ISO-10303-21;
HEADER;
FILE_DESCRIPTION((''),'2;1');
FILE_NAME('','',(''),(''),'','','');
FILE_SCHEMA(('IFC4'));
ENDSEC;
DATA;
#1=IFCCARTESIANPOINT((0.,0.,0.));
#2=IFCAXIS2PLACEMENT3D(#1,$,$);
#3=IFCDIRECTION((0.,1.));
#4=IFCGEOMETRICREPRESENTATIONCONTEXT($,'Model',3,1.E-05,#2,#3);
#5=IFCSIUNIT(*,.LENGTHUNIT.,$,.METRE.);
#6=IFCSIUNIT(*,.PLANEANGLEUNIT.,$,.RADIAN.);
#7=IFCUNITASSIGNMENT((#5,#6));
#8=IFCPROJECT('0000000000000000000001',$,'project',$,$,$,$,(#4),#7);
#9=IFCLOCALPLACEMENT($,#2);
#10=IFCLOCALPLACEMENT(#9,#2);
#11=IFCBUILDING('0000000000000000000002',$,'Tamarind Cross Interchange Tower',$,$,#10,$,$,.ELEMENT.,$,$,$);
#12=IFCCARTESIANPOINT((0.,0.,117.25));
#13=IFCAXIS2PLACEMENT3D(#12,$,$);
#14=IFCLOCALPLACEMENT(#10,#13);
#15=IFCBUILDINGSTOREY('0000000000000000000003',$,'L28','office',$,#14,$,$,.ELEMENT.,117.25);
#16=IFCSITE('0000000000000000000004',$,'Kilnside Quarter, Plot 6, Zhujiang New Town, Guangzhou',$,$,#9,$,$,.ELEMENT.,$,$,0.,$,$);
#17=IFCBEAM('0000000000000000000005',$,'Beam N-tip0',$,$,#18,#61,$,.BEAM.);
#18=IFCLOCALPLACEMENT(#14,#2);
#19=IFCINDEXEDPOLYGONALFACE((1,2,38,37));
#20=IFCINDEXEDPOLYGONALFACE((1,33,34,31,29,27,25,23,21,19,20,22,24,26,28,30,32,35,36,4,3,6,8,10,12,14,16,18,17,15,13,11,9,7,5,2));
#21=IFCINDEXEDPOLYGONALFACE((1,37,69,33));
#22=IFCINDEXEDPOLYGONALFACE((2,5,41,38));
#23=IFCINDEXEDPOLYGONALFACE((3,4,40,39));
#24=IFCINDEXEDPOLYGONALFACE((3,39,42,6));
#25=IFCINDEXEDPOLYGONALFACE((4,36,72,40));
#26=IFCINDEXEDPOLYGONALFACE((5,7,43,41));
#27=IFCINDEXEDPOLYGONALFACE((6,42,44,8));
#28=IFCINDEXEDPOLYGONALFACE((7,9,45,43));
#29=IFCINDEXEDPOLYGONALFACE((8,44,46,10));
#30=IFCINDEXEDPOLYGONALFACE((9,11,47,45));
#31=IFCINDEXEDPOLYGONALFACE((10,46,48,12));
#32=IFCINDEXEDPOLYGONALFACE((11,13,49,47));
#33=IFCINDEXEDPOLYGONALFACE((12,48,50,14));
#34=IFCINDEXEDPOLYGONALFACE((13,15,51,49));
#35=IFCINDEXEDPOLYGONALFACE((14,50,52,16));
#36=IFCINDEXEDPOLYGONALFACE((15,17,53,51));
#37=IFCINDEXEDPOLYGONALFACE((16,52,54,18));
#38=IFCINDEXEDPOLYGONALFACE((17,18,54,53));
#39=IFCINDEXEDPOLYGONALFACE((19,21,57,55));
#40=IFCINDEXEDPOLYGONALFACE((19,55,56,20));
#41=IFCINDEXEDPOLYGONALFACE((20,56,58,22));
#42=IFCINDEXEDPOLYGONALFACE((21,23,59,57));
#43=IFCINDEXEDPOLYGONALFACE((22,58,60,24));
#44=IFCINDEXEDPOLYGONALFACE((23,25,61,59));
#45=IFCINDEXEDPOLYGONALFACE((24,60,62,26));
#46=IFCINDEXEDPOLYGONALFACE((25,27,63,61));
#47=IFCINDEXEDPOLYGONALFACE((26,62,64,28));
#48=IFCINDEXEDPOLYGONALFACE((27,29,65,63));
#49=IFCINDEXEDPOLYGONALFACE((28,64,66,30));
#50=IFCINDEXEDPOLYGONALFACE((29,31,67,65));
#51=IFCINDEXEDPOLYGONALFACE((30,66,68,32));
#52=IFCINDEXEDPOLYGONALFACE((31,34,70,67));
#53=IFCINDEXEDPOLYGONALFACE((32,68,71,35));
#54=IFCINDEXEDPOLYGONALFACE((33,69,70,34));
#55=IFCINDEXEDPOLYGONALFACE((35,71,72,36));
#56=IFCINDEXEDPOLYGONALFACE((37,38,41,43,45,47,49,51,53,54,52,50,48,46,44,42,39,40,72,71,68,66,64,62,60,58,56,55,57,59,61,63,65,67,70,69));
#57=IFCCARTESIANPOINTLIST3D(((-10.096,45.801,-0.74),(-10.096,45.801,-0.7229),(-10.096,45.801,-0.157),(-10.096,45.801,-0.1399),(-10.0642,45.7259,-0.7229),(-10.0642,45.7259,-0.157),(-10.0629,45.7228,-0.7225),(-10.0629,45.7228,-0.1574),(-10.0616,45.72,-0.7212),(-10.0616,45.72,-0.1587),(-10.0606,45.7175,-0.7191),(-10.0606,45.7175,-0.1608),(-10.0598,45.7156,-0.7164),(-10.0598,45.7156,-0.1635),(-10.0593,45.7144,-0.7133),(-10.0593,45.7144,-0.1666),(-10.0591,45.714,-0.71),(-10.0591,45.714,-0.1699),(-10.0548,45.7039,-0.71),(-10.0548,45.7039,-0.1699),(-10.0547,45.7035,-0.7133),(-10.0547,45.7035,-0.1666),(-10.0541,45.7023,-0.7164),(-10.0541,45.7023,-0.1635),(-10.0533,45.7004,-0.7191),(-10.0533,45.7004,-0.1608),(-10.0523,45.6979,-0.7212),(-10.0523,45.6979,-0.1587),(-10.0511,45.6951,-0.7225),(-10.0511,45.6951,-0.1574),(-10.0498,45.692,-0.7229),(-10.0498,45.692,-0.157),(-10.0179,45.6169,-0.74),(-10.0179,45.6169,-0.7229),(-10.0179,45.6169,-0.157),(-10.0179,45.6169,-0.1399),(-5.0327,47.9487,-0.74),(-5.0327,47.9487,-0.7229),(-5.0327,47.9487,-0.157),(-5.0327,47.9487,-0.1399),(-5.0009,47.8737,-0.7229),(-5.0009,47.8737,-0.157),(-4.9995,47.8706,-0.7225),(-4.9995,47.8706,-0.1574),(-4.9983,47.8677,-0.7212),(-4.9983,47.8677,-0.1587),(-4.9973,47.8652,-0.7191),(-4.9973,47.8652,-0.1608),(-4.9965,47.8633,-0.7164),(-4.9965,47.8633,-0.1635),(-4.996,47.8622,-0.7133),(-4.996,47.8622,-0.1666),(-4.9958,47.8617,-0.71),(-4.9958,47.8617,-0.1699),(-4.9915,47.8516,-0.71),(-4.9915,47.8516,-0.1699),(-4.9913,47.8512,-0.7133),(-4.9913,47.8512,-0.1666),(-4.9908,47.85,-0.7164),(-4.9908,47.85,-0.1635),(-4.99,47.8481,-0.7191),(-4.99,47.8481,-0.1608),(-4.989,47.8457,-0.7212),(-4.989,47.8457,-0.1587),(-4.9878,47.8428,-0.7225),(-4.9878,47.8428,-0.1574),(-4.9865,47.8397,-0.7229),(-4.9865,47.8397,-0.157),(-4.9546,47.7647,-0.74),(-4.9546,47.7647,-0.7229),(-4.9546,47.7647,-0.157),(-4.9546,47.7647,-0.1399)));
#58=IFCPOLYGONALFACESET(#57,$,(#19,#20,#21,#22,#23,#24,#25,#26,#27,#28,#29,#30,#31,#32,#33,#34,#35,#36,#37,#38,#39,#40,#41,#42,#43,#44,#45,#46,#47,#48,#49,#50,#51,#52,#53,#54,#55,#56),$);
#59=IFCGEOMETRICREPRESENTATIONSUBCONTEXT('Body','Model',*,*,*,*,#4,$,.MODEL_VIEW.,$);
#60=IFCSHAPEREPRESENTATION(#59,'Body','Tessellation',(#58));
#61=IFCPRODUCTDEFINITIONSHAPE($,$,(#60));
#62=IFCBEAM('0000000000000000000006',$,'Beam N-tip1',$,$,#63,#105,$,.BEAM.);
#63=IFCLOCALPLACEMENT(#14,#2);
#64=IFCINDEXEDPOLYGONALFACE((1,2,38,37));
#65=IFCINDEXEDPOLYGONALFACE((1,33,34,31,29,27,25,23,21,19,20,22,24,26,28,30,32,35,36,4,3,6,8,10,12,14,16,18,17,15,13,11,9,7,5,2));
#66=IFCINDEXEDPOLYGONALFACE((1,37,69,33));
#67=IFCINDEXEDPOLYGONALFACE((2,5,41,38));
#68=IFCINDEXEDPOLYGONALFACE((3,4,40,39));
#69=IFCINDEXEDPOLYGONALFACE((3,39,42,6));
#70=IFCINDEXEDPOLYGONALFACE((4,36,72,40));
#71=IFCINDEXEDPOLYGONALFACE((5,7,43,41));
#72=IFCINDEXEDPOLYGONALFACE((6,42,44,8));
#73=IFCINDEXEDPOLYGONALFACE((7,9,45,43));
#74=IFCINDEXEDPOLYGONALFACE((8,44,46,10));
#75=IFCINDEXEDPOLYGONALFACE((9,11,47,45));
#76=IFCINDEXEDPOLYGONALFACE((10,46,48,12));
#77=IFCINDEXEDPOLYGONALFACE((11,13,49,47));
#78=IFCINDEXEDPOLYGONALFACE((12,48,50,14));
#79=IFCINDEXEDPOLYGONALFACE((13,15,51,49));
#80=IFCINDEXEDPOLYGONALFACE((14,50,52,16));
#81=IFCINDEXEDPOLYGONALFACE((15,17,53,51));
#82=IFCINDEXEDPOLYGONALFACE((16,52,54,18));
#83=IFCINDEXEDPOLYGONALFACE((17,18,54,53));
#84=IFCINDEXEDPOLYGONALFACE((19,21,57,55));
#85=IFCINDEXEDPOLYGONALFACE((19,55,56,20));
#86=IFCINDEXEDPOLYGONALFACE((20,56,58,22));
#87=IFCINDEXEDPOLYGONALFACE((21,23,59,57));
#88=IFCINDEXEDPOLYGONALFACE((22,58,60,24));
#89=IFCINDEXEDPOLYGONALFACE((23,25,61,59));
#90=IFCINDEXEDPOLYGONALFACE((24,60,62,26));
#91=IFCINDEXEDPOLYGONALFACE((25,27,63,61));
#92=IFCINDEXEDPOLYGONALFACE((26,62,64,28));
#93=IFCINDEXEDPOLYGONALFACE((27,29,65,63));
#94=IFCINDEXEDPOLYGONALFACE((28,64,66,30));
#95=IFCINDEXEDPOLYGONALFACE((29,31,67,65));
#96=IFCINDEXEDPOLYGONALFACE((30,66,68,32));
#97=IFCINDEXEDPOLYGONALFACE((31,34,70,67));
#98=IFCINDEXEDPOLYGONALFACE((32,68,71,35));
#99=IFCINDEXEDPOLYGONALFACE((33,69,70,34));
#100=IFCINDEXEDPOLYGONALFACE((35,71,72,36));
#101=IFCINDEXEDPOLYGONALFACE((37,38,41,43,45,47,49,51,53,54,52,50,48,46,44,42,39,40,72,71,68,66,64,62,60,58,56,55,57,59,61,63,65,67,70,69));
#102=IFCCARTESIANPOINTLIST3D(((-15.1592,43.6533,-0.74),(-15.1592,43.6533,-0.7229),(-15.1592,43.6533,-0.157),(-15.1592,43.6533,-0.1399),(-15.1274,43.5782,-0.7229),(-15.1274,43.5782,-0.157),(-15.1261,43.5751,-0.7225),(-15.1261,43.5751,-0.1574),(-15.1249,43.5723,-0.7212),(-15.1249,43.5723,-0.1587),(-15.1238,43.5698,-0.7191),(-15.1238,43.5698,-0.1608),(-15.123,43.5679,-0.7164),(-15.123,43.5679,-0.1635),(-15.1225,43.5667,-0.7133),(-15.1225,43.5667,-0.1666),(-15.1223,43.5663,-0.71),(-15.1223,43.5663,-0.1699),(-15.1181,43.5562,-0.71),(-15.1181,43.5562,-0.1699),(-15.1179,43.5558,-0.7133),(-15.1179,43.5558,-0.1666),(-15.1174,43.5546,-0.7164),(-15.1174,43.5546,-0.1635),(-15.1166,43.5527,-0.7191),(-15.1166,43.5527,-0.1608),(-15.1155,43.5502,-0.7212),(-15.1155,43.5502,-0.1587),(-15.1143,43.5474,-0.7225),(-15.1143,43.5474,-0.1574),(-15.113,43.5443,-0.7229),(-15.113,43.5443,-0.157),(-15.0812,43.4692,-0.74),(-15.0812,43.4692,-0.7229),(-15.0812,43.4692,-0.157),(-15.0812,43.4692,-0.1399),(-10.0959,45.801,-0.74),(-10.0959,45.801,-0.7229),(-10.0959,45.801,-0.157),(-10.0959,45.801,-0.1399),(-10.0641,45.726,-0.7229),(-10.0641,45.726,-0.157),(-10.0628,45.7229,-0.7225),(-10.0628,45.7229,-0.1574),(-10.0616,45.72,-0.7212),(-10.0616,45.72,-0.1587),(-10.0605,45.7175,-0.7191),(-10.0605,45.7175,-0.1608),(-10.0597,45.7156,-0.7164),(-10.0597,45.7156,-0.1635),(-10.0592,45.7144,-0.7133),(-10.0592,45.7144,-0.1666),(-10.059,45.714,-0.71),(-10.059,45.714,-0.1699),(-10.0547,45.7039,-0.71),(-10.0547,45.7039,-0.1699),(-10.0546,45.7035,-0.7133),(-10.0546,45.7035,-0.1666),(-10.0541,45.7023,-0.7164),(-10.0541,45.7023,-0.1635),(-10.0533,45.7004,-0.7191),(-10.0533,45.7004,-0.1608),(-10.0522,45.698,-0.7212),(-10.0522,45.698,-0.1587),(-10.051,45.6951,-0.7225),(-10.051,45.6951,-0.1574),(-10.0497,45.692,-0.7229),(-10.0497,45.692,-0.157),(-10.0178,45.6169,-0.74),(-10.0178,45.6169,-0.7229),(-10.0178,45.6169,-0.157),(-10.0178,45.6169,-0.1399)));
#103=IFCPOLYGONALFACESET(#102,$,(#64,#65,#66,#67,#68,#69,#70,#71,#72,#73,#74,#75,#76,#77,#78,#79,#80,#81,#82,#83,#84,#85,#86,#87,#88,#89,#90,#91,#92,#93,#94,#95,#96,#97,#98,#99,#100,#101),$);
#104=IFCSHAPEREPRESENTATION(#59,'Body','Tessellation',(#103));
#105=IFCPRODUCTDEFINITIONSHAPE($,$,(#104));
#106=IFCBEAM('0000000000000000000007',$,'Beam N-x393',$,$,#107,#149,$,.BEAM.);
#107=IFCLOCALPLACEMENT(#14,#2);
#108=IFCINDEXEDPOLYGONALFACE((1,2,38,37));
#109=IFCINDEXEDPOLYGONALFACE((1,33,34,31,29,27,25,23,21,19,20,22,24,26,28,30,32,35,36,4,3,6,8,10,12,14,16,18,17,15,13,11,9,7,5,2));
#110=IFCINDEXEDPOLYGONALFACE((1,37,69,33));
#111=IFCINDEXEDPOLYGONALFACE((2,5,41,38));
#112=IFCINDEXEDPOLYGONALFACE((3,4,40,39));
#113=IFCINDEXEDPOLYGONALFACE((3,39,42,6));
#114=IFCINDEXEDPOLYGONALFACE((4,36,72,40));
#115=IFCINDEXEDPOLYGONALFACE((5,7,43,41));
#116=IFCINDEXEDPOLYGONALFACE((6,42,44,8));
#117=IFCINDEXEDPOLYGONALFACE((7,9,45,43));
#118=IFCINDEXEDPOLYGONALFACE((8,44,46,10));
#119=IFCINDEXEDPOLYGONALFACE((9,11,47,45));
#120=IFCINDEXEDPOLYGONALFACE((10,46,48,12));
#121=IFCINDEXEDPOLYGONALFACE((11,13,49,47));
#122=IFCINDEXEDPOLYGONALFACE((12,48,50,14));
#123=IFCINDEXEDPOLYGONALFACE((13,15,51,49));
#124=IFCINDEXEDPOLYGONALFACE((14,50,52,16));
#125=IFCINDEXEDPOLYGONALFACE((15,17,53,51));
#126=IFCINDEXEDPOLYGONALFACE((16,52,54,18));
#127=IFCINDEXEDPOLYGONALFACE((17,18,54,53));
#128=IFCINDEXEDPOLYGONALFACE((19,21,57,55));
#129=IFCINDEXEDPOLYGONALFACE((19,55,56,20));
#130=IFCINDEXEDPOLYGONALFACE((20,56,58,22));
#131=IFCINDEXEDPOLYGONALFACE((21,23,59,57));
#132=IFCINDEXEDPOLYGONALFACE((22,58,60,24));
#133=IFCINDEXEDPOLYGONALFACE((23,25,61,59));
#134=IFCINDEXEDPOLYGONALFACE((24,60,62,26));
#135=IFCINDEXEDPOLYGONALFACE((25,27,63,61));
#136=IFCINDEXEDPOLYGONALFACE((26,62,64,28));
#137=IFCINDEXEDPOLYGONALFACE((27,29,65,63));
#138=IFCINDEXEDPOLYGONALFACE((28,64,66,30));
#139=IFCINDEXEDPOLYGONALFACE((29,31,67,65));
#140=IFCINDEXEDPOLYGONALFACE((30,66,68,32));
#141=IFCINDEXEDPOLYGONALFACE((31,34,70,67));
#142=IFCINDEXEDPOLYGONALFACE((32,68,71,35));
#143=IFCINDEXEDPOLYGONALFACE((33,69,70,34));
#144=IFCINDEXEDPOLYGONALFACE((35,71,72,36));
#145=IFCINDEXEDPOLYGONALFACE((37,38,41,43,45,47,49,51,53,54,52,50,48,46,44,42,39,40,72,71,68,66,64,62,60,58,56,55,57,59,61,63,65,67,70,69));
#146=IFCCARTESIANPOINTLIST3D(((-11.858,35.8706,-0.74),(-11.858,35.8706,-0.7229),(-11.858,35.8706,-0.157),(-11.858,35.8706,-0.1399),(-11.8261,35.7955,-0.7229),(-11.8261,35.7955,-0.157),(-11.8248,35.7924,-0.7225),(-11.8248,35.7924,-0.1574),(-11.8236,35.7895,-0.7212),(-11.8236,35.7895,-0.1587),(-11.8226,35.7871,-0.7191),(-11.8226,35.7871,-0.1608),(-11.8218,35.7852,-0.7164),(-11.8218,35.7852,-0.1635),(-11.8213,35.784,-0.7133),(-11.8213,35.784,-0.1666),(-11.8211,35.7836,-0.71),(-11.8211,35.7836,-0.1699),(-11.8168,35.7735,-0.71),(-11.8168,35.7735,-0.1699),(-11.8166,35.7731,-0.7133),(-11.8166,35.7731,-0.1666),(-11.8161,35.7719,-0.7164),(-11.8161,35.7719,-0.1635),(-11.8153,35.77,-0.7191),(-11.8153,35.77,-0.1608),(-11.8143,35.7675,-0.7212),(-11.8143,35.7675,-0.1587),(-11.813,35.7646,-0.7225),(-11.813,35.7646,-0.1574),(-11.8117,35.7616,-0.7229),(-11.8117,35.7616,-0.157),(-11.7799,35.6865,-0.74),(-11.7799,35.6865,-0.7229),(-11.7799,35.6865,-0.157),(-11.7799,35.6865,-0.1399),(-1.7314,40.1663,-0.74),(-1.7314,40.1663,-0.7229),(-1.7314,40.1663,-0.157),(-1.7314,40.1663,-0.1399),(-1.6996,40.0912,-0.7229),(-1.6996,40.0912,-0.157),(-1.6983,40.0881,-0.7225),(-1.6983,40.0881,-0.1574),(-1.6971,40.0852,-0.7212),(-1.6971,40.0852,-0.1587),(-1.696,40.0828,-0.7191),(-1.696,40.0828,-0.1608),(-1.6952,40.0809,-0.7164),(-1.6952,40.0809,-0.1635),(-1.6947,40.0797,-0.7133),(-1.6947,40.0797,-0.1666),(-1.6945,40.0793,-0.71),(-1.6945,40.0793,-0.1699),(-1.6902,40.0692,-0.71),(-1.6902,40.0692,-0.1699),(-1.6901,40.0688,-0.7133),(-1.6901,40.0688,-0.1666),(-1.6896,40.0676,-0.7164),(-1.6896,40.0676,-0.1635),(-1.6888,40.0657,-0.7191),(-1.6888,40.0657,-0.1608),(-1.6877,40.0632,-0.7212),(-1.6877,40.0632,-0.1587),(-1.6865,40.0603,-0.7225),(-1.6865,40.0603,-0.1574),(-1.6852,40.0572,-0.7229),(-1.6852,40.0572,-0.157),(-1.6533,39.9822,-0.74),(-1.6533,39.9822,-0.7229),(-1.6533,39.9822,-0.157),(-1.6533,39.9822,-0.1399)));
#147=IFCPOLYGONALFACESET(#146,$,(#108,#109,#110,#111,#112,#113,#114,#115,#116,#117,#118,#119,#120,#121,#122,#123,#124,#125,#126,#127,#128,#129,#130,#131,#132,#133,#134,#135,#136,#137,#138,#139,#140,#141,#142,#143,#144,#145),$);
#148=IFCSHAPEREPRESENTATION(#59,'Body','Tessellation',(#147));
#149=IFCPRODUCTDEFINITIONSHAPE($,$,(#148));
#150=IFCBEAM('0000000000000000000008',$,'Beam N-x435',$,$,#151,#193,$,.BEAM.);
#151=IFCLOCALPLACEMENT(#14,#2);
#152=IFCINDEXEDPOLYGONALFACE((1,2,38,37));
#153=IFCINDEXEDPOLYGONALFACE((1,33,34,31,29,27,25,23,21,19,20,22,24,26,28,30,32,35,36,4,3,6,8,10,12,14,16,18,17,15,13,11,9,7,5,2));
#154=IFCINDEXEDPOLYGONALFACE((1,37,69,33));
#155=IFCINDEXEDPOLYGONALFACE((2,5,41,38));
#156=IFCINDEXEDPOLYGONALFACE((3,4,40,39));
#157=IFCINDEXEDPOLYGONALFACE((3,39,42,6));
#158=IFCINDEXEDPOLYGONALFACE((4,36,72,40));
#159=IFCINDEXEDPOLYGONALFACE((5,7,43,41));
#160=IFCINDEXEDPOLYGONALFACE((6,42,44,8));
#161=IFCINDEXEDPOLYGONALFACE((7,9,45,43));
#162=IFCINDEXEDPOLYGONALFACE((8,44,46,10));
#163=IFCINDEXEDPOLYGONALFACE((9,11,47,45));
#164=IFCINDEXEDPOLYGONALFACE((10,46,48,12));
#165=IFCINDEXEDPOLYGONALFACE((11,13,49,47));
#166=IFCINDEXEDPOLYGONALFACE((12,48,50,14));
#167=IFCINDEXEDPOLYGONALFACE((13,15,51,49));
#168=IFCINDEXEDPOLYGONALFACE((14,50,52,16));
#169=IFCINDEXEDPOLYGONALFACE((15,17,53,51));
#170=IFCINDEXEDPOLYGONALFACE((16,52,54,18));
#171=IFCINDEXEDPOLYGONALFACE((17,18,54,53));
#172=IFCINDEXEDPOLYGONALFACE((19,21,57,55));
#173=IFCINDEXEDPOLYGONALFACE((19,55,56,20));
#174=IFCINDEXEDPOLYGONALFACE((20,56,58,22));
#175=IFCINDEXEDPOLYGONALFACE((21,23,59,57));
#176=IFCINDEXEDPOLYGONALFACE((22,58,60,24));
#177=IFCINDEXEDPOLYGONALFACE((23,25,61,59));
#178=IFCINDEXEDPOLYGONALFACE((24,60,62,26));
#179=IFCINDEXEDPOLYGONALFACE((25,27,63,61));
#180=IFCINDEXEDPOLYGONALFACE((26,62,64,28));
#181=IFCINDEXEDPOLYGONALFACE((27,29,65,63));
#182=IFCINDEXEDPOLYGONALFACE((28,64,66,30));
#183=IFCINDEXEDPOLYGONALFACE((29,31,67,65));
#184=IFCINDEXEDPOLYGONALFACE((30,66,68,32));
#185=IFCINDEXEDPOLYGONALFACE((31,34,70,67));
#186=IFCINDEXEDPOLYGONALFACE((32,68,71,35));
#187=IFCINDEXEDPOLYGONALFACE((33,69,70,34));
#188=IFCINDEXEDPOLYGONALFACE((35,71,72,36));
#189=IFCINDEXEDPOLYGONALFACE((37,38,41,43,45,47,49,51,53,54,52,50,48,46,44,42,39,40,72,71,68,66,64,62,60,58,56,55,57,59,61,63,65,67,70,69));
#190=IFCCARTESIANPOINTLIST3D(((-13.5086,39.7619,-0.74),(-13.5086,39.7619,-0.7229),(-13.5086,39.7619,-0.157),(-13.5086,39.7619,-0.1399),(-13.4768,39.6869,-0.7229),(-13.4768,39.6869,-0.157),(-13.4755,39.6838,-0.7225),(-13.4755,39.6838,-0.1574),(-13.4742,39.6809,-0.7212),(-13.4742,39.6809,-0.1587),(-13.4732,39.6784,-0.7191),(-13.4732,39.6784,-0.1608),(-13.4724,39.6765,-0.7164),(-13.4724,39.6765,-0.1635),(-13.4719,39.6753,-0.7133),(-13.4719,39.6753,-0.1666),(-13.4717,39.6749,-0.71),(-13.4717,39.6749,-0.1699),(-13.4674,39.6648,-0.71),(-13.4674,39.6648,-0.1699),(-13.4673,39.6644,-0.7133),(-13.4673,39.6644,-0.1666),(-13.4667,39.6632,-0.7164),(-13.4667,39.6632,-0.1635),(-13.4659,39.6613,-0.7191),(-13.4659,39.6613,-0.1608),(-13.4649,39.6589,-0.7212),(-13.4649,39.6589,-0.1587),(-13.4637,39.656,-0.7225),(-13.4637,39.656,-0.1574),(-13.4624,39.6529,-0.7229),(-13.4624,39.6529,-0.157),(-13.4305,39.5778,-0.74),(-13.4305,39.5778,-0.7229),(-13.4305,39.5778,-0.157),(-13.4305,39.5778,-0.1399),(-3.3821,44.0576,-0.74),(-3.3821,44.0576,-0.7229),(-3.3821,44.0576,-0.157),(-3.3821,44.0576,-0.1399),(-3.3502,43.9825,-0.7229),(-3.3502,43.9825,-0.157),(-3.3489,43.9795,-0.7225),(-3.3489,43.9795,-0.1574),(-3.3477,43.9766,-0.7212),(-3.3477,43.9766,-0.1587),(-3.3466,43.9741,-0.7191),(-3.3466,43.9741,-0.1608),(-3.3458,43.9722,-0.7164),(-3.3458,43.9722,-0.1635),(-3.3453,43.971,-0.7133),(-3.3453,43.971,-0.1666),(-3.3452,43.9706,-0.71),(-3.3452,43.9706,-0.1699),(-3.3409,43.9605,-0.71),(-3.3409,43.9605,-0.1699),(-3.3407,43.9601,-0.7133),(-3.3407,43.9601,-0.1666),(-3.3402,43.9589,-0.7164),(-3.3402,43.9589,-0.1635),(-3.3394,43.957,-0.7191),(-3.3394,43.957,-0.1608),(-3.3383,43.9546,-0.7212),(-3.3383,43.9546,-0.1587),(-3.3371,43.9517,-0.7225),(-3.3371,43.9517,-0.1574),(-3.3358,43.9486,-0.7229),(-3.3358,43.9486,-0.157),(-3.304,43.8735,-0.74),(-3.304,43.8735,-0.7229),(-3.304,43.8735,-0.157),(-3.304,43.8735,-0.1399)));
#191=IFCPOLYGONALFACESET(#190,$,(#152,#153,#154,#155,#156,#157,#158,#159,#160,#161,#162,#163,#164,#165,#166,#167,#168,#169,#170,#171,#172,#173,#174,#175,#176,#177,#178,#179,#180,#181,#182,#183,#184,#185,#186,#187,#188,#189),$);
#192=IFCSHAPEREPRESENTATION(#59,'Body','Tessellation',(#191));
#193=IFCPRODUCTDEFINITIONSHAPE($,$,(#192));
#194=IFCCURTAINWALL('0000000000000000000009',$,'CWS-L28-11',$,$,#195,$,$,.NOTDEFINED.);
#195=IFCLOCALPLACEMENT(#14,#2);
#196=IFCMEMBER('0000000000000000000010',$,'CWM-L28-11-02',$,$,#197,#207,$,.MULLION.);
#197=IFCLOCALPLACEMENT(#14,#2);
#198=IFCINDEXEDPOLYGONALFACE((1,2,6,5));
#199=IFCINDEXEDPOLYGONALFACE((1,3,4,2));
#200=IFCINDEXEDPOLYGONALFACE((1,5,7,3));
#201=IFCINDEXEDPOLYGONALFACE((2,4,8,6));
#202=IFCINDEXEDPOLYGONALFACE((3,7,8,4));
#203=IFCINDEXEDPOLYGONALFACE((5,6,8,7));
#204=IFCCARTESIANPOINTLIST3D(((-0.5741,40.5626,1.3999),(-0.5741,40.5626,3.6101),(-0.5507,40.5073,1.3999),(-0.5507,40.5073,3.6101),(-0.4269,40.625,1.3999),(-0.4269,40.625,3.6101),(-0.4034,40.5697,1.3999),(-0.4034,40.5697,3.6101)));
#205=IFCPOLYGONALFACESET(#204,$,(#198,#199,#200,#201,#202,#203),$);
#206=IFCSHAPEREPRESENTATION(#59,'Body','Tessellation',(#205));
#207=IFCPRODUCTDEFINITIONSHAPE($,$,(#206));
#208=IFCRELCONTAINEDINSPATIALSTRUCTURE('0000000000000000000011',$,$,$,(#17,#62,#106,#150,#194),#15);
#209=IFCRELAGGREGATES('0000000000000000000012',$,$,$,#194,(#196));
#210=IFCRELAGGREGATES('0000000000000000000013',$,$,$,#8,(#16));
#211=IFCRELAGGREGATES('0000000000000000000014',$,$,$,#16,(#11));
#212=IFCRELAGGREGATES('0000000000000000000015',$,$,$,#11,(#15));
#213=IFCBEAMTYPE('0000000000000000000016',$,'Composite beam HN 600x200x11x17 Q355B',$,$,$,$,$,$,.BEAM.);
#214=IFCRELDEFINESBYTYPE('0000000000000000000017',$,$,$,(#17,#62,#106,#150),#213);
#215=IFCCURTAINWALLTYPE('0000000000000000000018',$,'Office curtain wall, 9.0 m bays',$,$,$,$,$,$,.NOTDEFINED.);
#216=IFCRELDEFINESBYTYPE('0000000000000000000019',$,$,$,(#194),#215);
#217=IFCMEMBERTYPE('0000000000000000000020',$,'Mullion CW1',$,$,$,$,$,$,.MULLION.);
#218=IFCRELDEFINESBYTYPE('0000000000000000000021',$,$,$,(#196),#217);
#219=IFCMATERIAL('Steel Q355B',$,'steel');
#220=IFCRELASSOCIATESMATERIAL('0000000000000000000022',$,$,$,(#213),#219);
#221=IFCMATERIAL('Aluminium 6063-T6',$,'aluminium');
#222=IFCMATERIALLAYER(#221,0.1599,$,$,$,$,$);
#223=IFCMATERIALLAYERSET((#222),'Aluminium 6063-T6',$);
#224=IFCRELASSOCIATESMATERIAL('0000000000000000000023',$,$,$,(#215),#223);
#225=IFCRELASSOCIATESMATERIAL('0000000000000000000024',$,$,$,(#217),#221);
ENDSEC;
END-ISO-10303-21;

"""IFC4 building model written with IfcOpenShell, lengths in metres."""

from ifc_helpers import new_model, si_unit, direction, frame, origin, origin_2d, place, context, subcontext, project, spatial, rectangle, i_section, extrude, material, layer, layer_set, material_profile, profile_set, type_object, element, aggregate, save


model = new_model("IFC4")

# Units and contexts
model_context = context("Model", 3, precision=1e-05, world=origin(), true_north=direction((0.0, 1.0)))
body_context = subcontext(model_context, "Body", "Model", "MODEL_VIEW")
ifc_project = project(units=[si_unit("LENGTHUNIT", "METRE"), si_unit("PLANEANGLEUNIT", "RADIAN")], contexts=[model_context])

# Site, building, storey
site_placement = place(None, origin())
site = spatial("IfcSite", under=ifc_project, at=site_placement, Name="Kilnside Quarter, Plot 6, Zhujiang New Town, Guangzhou", CompositionType="ELEMENT", RefElevation=0.0)
building_placement = place(site_placement, origin())
building = spatial("IfcBuilding", under=site, at=building_placement, Name="Tamarind Cross Interchange Tower", CompositionType="ELEMENT")
storey_placement = place(building_placement, frame((0.0, 0.0, 117.25)))
storey = spatial("IfcBuildingStorey", under=building, at=storey_placement, Name="L28", Description="office", CompositionType="ELEMENT", Elevation=117.25)

# Beams
ifc_material_1 = material(Name="Steel Q355B", Category="steel")
ifc_material_profile_1 = material_profile(ifc_material_1, i_section(OverallWidth=0.2, OverallDepth=0.6001, WebThickness=0.011, FlangeThickness=0.0171, FilletRadius=0.0129, at=origin_2d()), Name="HN 600x200x11x17")
ifc_profile_set_1 = profile_set([ifc_material_profile_1], Name="Steel Q355B")
beam_type_1 = type_object("IfcBeamType", Name="Composite beam HN 600x200x11x17 Q355B", PredefinedType="BEAM", material=ifc_profile_set_1)
for number, where, z_axis, x_axis, name in (
    (1, (-4.9937, 47.8567, -0.4399), (-0.920604, -0.390499, 0.0), (0.390499, -0.920604, 0.0), "Beam N-tip0"),
    (2, (-10.0569, 45.709, -0.4399), (-0.920604, -0.390499, 0.0), (0.390499, -0.920604, 0.0), "Beam N-tip1"),
):
    element("IfcBeam", number, at=place(storey_placement, frame(where, z_axis=z_axis, x_axis=x_axis)), inside=storey, type_object=beam_type_1, Name=name, PredefinedType="BEAM", context=body_context, shape_type="SweptSolid", body=[
        extrude(i_section(OverallWidth=0.2, OverallDepth=0.6001, WebThickness=0.011, FlangeThickness=0.0171, FilletRadius=0.0129, at=origin_2d()), origin(), (0.0, 0.0, 1.0), 5.5),
    ])
for number, where, z_axis, x_axis, name in (
    (3, (-1.6924, 40.0742, -0.4399), (-0.920596, -0.390517, 0.0), (0.390517, -0.920596, 0.0), "Beam N-x393"),
    (4, (-3.343, 43.9656, -0.4399), (-0.920596, -0.390517, 0.0), (0.390517, -0.920596, 0.0), "Beam N-x435"),
):
    element("IfcBeam", number, at=place(storey_placement, frame(where, z_axis=z_axis, x_axis=x_axis)), inside=storey, type_object=beam_type_1, Name=name, PredefinedType="BEAM", context=body_context, shape_type="SweptSolid", body=[
        extrude(i_section(OverallWidth=0.2, OverallDepth=0.6001, WebThickness=0.011, FlangeThickness=0.0171, FilletRadius=0.0129, at=origin_2d()), origin(), (0.0, 0.0, 1.0), 11.0),
    ])

# Curtain wall, member
ifc_material_2 = material(Name="Aluminium 6063-T6", Category="aluminium")
ifc_layer_1 = layer(ifc_material_2, 0.1599)
ifc_layer_set_1 = layer_set([ifc_layer_1], Name="Aluminium 6063-T6")
curtain_wall_type = type_object("IfcCurtainWallType", Name="Office curtain wall, 9.0 m bays", PredefinedType="NOTDEFINED", material=ifc_layer_set_1)
curtain_wall_1_placement = place(storey_placement, origin())
curtain_wall_1 = element("IfcCurtainWall", 5, at=curtain_wall_1_placement, inside=storey, type_object=curtain_wall_type, Name="CWS-L28-11", PredefinedType="NOTDEFINED")
ifc_material_profile_2 = material_profile(ifc_material_2, rectangle(XDim=0.0601, YDim=0.1599, at=origin_2d()), Name="Mullion CW1")
ifc_profile_set_2 = profile_set([ifc_material_profile_2], Name="Aluminium 6063-T6")
member_type = type_object("IfcMemberType", Name="Mullion CW1", PredefinedType="MULLION", material=ifc_profile_set_2)
member_1_placement = place(storey_placement, frame((-0.4888, 40.5662, 1.3999), z_axis=(0.0, 0.0, 1.0), x_axis=(-0.3905, 0.920603, 0.0)))
member_1 = element("IfcMember", 6, at=member_1_placement, type_object=member_type, Name="CWM-L28-11-02", PredefinedType="MULLION", context=body_context, shape_type="SweptSolid", body=[
    extrude(rectangle(XDim=0.0601, YDim=0.1599, at=origin_2d()), origin(), (0.0, 0.0, 1.0), 2.2102),
])
aggregate(curtain_wall_1, [member_1])

save(model, "model.ifc")
